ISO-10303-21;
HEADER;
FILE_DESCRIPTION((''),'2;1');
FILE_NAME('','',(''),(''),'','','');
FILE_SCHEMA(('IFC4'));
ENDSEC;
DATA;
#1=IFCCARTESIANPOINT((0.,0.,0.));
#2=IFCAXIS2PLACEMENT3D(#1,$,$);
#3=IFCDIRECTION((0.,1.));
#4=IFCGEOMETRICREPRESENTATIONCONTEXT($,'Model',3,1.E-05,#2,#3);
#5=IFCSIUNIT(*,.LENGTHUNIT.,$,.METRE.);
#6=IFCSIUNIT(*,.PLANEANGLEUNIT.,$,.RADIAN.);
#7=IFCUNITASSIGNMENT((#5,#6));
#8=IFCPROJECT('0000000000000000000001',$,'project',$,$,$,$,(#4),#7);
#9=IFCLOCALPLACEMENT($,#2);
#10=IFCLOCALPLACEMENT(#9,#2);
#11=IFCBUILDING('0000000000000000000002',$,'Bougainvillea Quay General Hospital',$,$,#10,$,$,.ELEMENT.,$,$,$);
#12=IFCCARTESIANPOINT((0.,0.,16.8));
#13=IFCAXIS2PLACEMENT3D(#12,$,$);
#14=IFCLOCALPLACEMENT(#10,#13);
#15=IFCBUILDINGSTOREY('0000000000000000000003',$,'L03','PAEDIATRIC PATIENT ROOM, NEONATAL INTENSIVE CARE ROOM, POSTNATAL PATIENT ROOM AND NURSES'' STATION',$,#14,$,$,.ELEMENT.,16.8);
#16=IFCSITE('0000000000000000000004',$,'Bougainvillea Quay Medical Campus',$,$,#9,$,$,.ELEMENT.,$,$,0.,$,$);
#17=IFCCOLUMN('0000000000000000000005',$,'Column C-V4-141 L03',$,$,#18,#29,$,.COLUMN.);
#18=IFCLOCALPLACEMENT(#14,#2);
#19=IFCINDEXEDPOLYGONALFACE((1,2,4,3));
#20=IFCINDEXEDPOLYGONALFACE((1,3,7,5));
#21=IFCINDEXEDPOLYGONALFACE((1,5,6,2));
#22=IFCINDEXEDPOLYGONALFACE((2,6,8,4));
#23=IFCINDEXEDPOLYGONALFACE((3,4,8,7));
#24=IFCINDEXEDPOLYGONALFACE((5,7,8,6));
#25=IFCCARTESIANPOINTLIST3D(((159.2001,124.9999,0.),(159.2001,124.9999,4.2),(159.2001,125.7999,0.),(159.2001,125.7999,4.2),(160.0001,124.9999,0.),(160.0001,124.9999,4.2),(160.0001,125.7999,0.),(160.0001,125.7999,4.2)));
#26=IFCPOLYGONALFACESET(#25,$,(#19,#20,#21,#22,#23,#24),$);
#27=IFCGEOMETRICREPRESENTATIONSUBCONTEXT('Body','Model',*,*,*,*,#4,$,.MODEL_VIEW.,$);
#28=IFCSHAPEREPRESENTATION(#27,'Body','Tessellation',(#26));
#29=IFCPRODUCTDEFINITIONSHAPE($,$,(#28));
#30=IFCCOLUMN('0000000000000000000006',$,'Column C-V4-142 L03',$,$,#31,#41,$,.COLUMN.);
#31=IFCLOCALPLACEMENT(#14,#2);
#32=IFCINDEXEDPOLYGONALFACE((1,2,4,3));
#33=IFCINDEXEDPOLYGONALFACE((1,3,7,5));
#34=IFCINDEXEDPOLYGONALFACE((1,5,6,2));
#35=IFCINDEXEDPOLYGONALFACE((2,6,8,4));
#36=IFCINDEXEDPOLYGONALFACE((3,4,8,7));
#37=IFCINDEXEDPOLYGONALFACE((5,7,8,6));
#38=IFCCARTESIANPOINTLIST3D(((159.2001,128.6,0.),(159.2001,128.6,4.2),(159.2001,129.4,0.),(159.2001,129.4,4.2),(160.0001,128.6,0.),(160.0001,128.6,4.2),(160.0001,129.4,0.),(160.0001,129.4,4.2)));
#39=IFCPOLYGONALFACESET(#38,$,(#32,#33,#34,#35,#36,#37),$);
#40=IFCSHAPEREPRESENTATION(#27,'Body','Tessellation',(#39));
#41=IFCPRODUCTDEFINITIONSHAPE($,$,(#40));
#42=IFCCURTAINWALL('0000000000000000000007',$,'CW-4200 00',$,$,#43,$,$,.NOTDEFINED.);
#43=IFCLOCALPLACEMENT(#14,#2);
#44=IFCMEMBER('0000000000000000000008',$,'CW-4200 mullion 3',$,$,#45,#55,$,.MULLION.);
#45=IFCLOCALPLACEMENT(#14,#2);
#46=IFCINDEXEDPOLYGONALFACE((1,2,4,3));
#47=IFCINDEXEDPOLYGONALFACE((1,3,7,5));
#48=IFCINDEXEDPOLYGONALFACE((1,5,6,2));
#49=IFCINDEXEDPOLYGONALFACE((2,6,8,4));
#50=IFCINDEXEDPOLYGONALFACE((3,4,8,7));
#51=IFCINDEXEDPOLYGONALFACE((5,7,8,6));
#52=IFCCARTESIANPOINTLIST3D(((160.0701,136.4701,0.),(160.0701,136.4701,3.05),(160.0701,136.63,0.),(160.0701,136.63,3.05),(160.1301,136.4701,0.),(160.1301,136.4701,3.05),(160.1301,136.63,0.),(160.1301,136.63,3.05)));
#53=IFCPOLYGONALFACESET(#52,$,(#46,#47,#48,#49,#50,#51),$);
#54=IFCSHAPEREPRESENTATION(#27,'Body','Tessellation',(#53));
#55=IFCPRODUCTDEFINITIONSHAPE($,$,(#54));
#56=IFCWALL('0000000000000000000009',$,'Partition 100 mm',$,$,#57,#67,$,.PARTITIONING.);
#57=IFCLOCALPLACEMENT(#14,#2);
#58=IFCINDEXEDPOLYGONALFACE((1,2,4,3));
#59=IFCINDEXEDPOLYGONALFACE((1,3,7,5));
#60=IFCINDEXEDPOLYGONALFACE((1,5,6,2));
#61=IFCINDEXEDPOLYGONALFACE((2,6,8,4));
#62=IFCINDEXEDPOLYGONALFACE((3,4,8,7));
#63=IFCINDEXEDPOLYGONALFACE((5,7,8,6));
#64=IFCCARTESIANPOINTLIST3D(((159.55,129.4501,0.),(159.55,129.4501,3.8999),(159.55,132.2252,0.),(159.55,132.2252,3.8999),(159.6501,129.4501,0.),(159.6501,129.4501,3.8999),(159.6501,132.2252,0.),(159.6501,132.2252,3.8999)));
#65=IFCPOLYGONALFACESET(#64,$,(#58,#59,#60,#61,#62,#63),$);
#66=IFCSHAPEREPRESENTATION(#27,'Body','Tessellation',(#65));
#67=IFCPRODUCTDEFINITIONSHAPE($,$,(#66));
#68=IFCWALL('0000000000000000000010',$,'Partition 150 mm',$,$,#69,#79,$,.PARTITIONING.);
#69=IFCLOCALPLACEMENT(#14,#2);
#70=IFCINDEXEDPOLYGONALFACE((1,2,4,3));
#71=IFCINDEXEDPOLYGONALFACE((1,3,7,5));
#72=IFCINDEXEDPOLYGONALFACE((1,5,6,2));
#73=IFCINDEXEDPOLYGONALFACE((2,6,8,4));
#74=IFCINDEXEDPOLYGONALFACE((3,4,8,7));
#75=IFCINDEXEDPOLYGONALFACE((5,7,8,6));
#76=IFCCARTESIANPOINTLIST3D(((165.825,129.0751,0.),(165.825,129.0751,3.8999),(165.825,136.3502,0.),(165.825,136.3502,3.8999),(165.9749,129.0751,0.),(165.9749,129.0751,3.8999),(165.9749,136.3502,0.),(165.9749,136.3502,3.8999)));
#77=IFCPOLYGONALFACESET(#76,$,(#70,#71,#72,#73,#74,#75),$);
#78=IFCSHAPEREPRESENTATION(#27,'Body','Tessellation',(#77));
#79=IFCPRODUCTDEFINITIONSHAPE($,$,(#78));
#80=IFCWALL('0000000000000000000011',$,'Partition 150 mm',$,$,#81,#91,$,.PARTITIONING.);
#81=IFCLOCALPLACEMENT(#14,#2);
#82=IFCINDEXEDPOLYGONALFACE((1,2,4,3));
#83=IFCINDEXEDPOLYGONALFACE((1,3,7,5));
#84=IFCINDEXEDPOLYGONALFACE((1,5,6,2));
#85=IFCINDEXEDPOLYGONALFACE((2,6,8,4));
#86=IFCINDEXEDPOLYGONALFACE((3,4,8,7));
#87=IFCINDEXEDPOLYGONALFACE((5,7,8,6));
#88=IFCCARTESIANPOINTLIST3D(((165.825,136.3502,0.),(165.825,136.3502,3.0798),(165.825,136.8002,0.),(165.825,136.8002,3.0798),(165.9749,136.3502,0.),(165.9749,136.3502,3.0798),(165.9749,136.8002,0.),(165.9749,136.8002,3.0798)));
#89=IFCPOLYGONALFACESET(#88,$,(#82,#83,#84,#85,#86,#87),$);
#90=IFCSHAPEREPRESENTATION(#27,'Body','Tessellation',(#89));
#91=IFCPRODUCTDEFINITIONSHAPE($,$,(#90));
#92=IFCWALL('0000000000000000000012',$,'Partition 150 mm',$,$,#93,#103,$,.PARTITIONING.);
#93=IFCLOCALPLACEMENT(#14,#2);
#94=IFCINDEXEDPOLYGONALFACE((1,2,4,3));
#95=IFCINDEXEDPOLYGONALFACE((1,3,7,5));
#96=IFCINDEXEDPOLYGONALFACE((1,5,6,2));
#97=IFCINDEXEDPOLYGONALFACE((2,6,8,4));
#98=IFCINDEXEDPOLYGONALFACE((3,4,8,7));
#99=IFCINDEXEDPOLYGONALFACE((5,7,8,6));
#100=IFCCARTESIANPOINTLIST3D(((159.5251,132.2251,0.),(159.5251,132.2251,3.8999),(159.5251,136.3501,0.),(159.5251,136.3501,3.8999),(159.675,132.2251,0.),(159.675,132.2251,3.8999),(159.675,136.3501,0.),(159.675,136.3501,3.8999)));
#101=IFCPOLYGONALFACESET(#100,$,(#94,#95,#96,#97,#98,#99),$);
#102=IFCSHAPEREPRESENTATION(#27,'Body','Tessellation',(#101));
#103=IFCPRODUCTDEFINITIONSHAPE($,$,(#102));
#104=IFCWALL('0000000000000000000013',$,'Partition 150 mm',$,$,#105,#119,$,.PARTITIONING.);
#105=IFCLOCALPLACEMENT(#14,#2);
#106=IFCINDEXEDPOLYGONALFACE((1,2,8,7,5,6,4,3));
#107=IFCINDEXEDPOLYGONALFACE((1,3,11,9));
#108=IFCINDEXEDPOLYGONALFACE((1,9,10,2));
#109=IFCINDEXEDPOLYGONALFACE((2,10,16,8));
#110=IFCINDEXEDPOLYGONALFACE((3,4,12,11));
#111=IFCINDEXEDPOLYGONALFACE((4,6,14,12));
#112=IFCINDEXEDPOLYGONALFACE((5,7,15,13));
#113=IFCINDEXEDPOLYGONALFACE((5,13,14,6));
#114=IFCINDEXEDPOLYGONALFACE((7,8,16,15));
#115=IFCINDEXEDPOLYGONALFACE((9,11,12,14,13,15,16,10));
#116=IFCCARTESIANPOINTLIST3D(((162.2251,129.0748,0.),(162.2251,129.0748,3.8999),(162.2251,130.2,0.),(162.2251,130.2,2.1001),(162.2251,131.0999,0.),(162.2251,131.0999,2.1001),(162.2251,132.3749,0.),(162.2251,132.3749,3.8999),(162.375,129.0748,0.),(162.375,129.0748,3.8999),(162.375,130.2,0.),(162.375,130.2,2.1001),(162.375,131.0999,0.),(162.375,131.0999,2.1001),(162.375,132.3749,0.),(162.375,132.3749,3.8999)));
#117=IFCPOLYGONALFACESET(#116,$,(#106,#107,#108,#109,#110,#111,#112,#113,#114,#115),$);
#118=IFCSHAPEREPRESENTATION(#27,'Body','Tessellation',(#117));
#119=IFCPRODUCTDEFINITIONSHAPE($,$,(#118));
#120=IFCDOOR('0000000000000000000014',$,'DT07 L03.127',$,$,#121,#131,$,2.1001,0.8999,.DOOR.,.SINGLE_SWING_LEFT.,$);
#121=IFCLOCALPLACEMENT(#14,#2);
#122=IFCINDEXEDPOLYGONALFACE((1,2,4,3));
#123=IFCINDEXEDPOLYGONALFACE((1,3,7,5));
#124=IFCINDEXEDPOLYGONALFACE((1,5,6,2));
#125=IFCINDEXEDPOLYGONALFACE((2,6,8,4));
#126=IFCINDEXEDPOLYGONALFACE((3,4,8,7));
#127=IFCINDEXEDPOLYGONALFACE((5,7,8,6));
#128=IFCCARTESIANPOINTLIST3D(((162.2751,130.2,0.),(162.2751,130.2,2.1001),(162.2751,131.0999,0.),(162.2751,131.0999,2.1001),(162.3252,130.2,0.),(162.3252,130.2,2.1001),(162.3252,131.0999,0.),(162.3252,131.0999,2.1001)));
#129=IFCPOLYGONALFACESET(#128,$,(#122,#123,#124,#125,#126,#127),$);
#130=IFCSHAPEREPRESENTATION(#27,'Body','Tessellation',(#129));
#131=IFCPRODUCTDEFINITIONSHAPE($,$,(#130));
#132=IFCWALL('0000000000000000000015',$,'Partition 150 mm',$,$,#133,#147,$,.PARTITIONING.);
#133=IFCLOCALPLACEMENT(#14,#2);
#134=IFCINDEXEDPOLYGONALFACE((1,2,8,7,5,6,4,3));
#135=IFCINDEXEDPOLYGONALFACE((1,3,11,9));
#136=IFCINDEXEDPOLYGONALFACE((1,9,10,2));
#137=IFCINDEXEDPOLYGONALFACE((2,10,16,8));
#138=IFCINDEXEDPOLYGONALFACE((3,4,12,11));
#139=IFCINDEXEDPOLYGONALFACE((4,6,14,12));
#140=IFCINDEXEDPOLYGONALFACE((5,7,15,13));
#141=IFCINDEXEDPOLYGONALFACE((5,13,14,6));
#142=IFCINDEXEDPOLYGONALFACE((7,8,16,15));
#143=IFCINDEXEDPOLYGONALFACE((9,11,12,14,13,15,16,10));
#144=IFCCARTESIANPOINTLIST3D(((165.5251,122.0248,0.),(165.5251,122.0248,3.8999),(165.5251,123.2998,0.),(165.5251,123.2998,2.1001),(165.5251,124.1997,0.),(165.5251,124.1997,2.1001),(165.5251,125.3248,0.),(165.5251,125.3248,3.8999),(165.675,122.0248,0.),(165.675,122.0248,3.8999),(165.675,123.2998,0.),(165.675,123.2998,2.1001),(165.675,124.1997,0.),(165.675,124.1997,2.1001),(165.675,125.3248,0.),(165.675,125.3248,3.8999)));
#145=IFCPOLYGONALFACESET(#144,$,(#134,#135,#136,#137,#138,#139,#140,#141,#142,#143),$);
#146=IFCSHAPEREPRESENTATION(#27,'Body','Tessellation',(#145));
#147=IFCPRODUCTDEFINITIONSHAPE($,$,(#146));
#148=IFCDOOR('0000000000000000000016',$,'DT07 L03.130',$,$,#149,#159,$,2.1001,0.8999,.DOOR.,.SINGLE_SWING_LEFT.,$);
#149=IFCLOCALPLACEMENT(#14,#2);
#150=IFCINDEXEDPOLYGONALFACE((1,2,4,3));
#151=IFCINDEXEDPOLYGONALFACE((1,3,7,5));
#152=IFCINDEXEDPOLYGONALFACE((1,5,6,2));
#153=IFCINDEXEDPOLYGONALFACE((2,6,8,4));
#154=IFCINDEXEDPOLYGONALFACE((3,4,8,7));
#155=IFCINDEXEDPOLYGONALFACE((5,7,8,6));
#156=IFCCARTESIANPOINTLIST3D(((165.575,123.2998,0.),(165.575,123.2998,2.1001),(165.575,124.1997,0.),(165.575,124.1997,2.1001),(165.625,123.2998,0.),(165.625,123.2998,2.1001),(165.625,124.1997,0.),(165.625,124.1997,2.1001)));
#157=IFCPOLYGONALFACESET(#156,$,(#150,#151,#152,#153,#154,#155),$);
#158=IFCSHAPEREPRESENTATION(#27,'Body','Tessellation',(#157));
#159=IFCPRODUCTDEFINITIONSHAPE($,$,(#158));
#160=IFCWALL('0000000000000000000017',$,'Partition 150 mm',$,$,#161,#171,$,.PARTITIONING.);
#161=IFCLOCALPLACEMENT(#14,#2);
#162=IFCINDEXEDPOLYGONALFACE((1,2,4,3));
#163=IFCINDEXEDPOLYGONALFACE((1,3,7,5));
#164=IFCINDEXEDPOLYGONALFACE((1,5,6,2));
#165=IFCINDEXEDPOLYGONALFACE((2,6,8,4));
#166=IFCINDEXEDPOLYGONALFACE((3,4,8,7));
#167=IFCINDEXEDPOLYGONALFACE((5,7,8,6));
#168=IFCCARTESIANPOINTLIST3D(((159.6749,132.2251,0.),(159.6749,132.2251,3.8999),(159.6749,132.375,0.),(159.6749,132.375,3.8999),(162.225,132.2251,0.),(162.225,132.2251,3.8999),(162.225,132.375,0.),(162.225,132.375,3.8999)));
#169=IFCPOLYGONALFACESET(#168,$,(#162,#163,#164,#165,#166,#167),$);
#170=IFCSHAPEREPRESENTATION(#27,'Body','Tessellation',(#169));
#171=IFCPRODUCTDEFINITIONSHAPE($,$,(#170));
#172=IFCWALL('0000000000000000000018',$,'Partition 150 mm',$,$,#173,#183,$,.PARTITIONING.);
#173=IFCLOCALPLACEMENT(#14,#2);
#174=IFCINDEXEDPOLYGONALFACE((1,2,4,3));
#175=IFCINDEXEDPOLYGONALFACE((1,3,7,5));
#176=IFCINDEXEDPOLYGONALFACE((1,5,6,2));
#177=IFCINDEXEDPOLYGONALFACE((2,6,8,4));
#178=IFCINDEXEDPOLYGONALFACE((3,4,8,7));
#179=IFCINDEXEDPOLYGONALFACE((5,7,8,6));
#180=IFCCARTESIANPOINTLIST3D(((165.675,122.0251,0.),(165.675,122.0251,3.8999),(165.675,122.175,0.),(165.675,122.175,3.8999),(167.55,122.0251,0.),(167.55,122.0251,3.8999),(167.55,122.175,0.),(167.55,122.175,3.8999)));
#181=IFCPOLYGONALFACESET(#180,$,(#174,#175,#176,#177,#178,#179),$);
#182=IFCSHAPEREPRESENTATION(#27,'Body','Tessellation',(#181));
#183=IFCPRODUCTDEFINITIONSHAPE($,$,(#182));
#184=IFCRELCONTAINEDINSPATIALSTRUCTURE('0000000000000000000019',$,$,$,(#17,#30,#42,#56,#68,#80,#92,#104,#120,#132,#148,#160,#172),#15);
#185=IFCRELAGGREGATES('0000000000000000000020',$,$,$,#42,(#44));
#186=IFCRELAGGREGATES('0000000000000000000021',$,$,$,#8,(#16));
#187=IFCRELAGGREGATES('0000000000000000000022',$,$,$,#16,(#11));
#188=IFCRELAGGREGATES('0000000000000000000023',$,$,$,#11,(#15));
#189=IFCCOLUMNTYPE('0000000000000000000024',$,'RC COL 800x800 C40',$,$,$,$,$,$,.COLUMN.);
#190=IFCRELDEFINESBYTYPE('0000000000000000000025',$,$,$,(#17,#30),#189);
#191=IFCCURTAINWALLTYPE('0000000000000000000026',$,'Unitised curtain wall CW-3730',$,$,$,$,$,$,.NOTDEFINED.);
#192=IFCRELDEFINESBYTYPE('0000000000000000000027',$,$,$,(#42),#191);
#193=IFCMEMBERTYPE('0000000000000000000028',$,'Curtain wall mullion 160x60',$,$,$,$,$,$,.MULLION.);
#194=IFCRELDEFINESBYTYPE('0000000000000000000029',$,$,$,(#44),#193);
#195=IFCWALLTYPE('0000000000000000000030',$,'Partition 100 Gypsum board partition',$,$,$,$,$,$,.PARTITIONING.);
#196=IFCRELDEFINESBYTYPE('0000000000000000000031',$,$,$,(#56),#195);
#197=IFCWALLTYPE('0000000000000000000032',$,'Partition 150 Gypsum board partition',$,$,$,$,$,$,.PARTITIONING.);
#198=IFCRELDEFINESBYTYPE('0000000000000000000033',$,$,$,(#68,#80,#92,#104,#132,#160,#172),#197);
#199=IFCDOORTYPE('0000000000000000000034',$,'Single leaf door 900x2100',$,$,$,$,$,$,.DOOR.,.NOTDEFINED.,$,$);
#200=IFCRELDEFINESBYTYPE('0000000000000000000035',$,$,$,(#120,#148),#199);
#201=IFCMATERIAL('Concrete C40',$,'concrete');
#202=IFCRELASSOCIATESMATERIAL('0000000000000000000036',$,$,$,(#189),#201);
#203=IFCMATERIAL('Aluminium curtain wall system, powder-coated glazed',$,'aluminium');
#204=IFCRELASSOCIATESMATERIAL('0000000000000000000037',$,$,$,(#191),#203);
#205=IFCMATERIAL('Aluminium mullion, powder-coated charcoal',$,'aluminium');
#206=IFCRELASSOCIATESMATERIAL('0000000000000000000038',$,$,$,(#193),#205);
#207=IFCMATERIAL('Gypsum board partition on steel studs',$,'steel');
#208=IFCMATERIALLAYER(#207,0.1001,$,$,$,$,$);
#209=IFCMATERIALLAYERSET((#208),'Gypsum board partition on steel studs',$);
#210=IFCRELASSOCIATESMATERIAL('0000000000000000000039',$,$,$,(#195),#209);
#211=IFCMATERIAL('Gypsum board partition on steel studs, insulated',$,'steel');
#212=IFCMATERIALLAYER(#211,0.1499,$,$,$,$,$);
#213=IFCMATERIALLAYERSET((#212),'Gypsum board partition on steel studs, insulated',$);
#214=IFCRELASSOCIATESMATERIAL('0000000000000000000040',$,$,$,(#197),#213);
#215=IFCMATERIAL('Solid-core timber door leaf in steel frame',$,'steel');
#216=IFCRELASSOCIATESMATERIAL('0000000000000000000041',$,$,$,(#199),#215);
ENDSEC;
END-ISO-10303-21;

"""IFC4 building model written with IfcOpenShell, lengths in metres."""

from ifc_helpers import new_model, si_unit, direction, frame, frame_2d, origin, origin_2d, place, context, subcontext, project, spatial, rectangle, extrude, material, layer, layer_set, material_profile, profile_set, type_object, element, fill, aggregate, save


model = new_model("IFC4")

# Units and contexts
model_context = context("Model", 3, precision=1e-05, world=origin(), true_north=direction((0.0, 1.0)))
body_context = subcontext(model_context, "Body", "Model", "MODEL_VIEW")
ifc_project = project(units=[si_unit("LENGTHUNIT", "METRE"), si_unit("PLANEANGLEUNIT", "RADIAN")], contexts=[model_context])

# Site, building, storey
site_placement = place(None, origin())
site = spatial("IfcSite", under=ifc_project, at=site_placement, Name="Bougainvillea Quay Medical Campus", CompositionType="ELEMENT", RefElevation=0.0)
building_placement = place(site_placement, origin())
building = spatial("IfcBuilding", under=site, at=building_placement, Name="Bougainvillea Quay General Hospital", CompositionType="ELEMENT")
storey_placement = place(building_placement, frame((0.0, 0.0, 16.8)))
storey = spatial("IfcBuildingStorey", under=building, at=storey_placement, Name="L03", Description="PAEDIATRIC PATIENT ROOM, NEONATAL INTENSIVE CARE ROOM, POSTNATAL PATIENT ROOM AND NURSES' STATION", CompositionType="ELEMENT", Elevation=16.8)

# Columns
ifc_material_1 = material(Name="Concrete C40", Category="concrete")
ifc_material_profile_1 = material_profile(ifc_material_1, rectangle(XDim=0.8, YDim=0.8, at=origin_2d()))
ifc_profile_set_1 = profile_set([ifc_material_profile_1], Name="Concrete C40")
column_type = type_object("IfcColumnType", Name="RC COL 800x800 C40", PredefinedType="COLUMN", material=ifc_profile_set_1)
for number, where, z_axis, x_axis, name in (
    (1, (159.6001, 125.3999, 0.0), (0.0, 0.0, 1.0), (1.0, 0.0, 0.0), "Column C-V4-141 L03"),
    (2, (159.6001, 129.0, 0.0), (0.0, 0.0, 1.0), (1.0, 0.0, 0.0), "Column C-V4-142 L03"),
):
    element("IfcColumn", number, at=place(storey_placement, frame(where, z_axis=z_axis, x_axis=x_axis)), inside=storey, type_object=column_type, Name=name, PredefinedType="COLUMN", context=body_context, shape_type="SweptSolid", body=[
        extrude(rectangle(XDim=0.8, YDim=0.8, at=origin_2d()), origin(), (0.0, 0.0, 1.0), 4.2),
    ])

# Curtain wall, member
ifc_material_2 = material(Name="Aluminium curtain wall system, powder-coated glazed", Category="aluminium")
curtain_wall_type = type_object("IfcCurtainWallType", Name="Unitised curtain wall CW-3730", PredefinedType="NOTDEFINED", material=ifc_material_2)
curtain_wall_placement = place(storey_placement, origin())
curtain_wall = element("IfcCurtainWall", 3, at=curtain_wall_placement, inside=storey, type_object=curtain_wall_type, Name="CW-4200 00", PredefinedType="NOTDEFINED")
ifc_material_3 = material(Name="Aluminium mullion, powder-coated charcoal", Category="aluminium")
ifc_material_profile_2 = material_profile(ifc_material_3, rectangle(XDim=0.1599, YDim=0.0601, at=origin_2d()))
ifc_profile_set_2 = profile_set([ifc_material_profile_2], Name="Aluminium mullion, powder-coated charcoal")
member_type = type_object("IfcMemberType", Name="Curtain wall mullion 160x60", PredefinedType="MULLION", material=ifc_profile_set_2)
member_placement = place(storey_placement, frame((160.1001, 136.55, 0.0), z_axis=(0.0, 0.0, 1.0), x_axis=(0.0, -1.0, 0.0)))
member = element("IfcMember", 4, at=member_placement, type_object=member_type, Name="CW-4200 mullion 3", PredefinedType="MULLION", context=body_context, shape_type="SweptSolid", body=[
    extrude(rectangle(XDim=0.1599, YDim=0.0601, at=origin_2d()), origin(), (0.0, 0.0, 1.0), 3.05),
])
aggregate(curtain_wall, [member])

# Walls
ifc_material_4 = material(Name="Gypsum board partition on steel studs", Category="steel")
ifc_layer_1 = layer(ifc_material_4, 0.1001)
ifc_layer_set_1 = layer_set([ifc_layer_1], Name="Gypsum board partition on steel studs")
wall_type_1 = type_object("IfcWallType", Name="Partition 100 Gypsum board partition", PredefinedType="PARTITIONING", material=ifc_layer_set_1)
wall_1_placement = place(storey_placement, frame((159.6001, 129.45, 0.0), z_axis=(0.0, 0.0, 1.0), x_axis=(0.0, 1.0, 0.0)))
element("IfcWall", 5, at=wall_1_placement, inside=storey, type_object=wall_type_1, Name="Partition 100 mm", PredefinedType="PARTITIONING", context=body_context, shape_type="SweptSolid", body=[
    extrude(rectangle(XDim=2.7751, YDim=0.1001, at=frame_2d((1.3877, 0.0))), origin(), (0.0, 0.0, 1.0), 3.8999),
])
ifc_material_5 = material(Name="Gypsum board partition on steel studs, insulated", Category="steel")
ifc_layer_2 = layer(ifc_material_5, 0.1499)
ifc_layer_set_2 = layer_set([ifc_layer_2], Name="Gypsum board partition on steel studs, insulated")
wall_type_2 = type_object("IfcWallType", Name="Partition 150 Gypsum board partition", PredefinedType="PARTITIONING", material=ifc_layer_set_2)
wall_2_placement = place(storey_placement, frame((165.8999, 129.075, 0.0), z_axis=(0.0, 0.0, 1.0), x_axis=(0.0, 1.0, 0.0)))
element("IfcWall", 6, at=wall_2_placement, inside=storey, type_object=wall_type_2, Name="Partition 150 mm", PredefinedType="PARTITIONING", context=body_context, shape_type="SweptSolid", body=[
    extrude(rectangle(XDim=7.2751, YDim=0.1499, at=frame_2d((3.6377, 0.0))), origin(), (0.0, 0.0, 1.0), 3.8999),
])
wall_3_placement = place(storey_placement, frame((165.8999, 136.3501, 0.0), z_axis=(0.0, 0.0, 1.0), x_axis=(0.0, 1.0, 0.0)))
element("IfcWall", 7, at=wall_3_placement, inside=storey, type_object=wall_type_2, Name="Partition 150 mm", PredefinedType="PARTITIONING", context=body_context, shape_type="SweptSolid", body=[
    extrude(rectangle(XDim=0.45, YDim=0.1499, at=frame_2d((0.2251, 0.0))), origin(), (0.0, 0.0, 1.0), 3.0798),
])
wall_4_placement = place(storey_placement, frame((159.6001, 132.2251, 0.0), z_axis=(0.0, 0.0, 1.0), x_axis=(0.0, 1.0, 0.0)))
element("IfcWall", 8, at=wall_4_placement, inside=storey, type_object=wall_type_2, Name="Partition 150 mm", PredefinedType="PARTITIONING", context=body_context, shape_type="SweptSolid", body=[
    extrude(rectangle(XDim=4.125, YDim=0.1499, at=frame_2d((2.0625, 0.0))), origin(), (0.0, 0.0, 1.0), 3.8999),
])

# Walls, openings, doors
wall_5_placement = place(storey_placement, frame((162.3, 129.075, 0.0), z_axis=(0.0, 0.0, 1.0), x_axis=(0.0, 1.0, 0.0)))
wall_5 = element("IfcWall", 9, at=wall_5_placement, inside=storey, type_object=wall_type_2, Name="Partition 150 mm", PredefinedType="PARTITIONING", context=body_context, shape_type="SweptSolid", body=[
    extrude(rectangle(XDim=3.3, YDim=0.1499, at=frame_2d((1.6499, 0.0))), origin(), (0.0, 0.0, 1.0), 3.8999),
])
opening_1_placement = place(wall_5_placement, frame((1.125, 0.0, 0.0)))
opening_1 = element("IfcOpeningElement", 10, at=opening_1_placement, cuts=wall_5, PredefinedType="OPENING", context=body_context, shape_type="SweptSolid", body=[
    extrude(rectangle(XDim=0.8999, YDim=2.1001, at=frame_2d((0.45, 1.05))), frame((0.0, 0.085, 0.0), z_axis=(0.0, -1.0, 0.0), x_axis=(1.0, 0.0, 0.0)), (0.0, 0.0, 1.0), 0.1699),
])
ifc_material_6 = material(Name="Solid-core timber door leaf in steel frame", Category="steel")
door_type_1 = type_object("IfcDoorType", Name="Single leaf door 900x2100", OperationType="NOTDEFINED", PredefinedType="DOOR", material=ifc_material_6)
door_1_placement = place(opening_1_placement, origin())
door_1 = element("IfcDoor", 11, at=door_1_placement, inside=storey, type_object=door_type_1, Name="DT07 L03.127", OperationType="SINGLE_SWING_LEFT", OverallHeight=2.1001, OverallWidth=0.8999, PredefinedType="DOOR", context=body_context, shape_type="SweptSolid", body=[
    extrude(rectangle(XDim=0.8999, YDim=2.1001, at=frame_2d((0.45, 1.05))), frame((0.0, 0.0249, 0.0), z_axis=(0.0, -1.0, 0.0), x_axis=(1.0, 0.0, 0.0)), (0.0, 0.0, 1.0), 0.05),
])
fill(opening_1, door_1)
wall_6_placement = place(storey_placement, frame((165.6001, 122.0249, 0.0), z_axis=(0.0, 0.0, 1.0), x_axis=(0.0, 1.0, 0.0)))
wall_6 = element("IfcWall", 12, at=wall_6_placement, inside=storey, type_object=wall_type_2, Name="Partition 150 mm", PredefinedType="PARTITIONING", context=body_context, shape_type="SweptSolid", body=[
    extrude(rectangle(XDim=3.3, YDim=0.1499, at=frame_2d((1.6499, 0.0))), origin(), (0.0, 0.0, 1.0), 3.8999),
])
opening_2_placement = place(wall_6_placement, frame((1.2749, 0.0, 0.0)))
opening_2 = element("IfcOpeningElement", 13, at=opening_2_placement, cuts=wall_6, PredefinedType="OPENING", context=body_context, shape_type="SweptSolid", body=[
    extrude(rectangle(XDim=0.8999, YDim=2.1001, at=frame_2d((0.45, 1.05))), frame((0.0, 0.085, 0.0), z_axis=(0.0, -1.0, 0.0), x_axis=(1.0, 0.0, 0.0)), (0.0, 0.0, 1.0), 0.1699),
])
door_2_placement = place(opening_2_placement, frame((0.8999, 0.0, 0.0), z_axis=(0.0, 0.0, 1.0), x_axis=(-1.0, 0.0, 0.0)))
door_2 = element("IfcDoor", 14, at=door_2_placement, inside=storey, type_object=door_type_1, Name="DT07 L03.130", OperationType="SINGLE_SWING_LEFT", OverallHeight=2.1001, OverallWidth=0.8999, PredefinedType="DOOR", context=body_context, shape_type="SweptSolid", body=[
    extrude(rectangle(XDim=0.8999, YDim=2.1001, at=frame_2d((0.45, 1.05))), frame((0.0, 0.0249, 0.0), z_axis=(0.0, -1.0, 0.0), x_axis=(1.0, 0.0, 0.0)), (0.0, 0.0, 1.0), 0.05),
])
fill(opening_2, door_2)

# Walls
wall_7_placement = place(storey_placement, frame((159.675, 132.3, 0.0), z_axis=(0.0, 0.0, 1.0), x_axis=(1.0, 0.0, 0.0)))
element("IfcWall", 15, at=wall_7_placement, inside=storey, type_object=wall_type_2, Name="Partition 150 mm", PredefinedType="PARTITIONING", context=body_context, shape_type="SweptSolid", body=[
    extrude(rectangle(XDim=2.55, YDim=0.1499, at=frame_2d((1.2749, 0.0))), origin(), (0.0, 0.0, 1.0), 3.8999),
])
wall_8_placement = place(storey_placement, frame((165.675, 122.1001, 0.0), z_axis=(0.0, 0.0, 1.0), x_axis=(1.0, 0.0, 0.0)))
element("IfcWall", 16, at=wall_8_placement, inside=storey, type_object=wall_type_2, Name="Partition 150 mm", PredefinedType="PARTITIONING", context=body_context, shape_type="SweptSolid", body=[
    extrude(rectangle(XDim=1.875, YDim=0.1499, at=frame_2d((0.9375, 0.0))), origin(), (0.0, 0.0, 1.0), 3.8999),
])

save(model, "model.ifc")
